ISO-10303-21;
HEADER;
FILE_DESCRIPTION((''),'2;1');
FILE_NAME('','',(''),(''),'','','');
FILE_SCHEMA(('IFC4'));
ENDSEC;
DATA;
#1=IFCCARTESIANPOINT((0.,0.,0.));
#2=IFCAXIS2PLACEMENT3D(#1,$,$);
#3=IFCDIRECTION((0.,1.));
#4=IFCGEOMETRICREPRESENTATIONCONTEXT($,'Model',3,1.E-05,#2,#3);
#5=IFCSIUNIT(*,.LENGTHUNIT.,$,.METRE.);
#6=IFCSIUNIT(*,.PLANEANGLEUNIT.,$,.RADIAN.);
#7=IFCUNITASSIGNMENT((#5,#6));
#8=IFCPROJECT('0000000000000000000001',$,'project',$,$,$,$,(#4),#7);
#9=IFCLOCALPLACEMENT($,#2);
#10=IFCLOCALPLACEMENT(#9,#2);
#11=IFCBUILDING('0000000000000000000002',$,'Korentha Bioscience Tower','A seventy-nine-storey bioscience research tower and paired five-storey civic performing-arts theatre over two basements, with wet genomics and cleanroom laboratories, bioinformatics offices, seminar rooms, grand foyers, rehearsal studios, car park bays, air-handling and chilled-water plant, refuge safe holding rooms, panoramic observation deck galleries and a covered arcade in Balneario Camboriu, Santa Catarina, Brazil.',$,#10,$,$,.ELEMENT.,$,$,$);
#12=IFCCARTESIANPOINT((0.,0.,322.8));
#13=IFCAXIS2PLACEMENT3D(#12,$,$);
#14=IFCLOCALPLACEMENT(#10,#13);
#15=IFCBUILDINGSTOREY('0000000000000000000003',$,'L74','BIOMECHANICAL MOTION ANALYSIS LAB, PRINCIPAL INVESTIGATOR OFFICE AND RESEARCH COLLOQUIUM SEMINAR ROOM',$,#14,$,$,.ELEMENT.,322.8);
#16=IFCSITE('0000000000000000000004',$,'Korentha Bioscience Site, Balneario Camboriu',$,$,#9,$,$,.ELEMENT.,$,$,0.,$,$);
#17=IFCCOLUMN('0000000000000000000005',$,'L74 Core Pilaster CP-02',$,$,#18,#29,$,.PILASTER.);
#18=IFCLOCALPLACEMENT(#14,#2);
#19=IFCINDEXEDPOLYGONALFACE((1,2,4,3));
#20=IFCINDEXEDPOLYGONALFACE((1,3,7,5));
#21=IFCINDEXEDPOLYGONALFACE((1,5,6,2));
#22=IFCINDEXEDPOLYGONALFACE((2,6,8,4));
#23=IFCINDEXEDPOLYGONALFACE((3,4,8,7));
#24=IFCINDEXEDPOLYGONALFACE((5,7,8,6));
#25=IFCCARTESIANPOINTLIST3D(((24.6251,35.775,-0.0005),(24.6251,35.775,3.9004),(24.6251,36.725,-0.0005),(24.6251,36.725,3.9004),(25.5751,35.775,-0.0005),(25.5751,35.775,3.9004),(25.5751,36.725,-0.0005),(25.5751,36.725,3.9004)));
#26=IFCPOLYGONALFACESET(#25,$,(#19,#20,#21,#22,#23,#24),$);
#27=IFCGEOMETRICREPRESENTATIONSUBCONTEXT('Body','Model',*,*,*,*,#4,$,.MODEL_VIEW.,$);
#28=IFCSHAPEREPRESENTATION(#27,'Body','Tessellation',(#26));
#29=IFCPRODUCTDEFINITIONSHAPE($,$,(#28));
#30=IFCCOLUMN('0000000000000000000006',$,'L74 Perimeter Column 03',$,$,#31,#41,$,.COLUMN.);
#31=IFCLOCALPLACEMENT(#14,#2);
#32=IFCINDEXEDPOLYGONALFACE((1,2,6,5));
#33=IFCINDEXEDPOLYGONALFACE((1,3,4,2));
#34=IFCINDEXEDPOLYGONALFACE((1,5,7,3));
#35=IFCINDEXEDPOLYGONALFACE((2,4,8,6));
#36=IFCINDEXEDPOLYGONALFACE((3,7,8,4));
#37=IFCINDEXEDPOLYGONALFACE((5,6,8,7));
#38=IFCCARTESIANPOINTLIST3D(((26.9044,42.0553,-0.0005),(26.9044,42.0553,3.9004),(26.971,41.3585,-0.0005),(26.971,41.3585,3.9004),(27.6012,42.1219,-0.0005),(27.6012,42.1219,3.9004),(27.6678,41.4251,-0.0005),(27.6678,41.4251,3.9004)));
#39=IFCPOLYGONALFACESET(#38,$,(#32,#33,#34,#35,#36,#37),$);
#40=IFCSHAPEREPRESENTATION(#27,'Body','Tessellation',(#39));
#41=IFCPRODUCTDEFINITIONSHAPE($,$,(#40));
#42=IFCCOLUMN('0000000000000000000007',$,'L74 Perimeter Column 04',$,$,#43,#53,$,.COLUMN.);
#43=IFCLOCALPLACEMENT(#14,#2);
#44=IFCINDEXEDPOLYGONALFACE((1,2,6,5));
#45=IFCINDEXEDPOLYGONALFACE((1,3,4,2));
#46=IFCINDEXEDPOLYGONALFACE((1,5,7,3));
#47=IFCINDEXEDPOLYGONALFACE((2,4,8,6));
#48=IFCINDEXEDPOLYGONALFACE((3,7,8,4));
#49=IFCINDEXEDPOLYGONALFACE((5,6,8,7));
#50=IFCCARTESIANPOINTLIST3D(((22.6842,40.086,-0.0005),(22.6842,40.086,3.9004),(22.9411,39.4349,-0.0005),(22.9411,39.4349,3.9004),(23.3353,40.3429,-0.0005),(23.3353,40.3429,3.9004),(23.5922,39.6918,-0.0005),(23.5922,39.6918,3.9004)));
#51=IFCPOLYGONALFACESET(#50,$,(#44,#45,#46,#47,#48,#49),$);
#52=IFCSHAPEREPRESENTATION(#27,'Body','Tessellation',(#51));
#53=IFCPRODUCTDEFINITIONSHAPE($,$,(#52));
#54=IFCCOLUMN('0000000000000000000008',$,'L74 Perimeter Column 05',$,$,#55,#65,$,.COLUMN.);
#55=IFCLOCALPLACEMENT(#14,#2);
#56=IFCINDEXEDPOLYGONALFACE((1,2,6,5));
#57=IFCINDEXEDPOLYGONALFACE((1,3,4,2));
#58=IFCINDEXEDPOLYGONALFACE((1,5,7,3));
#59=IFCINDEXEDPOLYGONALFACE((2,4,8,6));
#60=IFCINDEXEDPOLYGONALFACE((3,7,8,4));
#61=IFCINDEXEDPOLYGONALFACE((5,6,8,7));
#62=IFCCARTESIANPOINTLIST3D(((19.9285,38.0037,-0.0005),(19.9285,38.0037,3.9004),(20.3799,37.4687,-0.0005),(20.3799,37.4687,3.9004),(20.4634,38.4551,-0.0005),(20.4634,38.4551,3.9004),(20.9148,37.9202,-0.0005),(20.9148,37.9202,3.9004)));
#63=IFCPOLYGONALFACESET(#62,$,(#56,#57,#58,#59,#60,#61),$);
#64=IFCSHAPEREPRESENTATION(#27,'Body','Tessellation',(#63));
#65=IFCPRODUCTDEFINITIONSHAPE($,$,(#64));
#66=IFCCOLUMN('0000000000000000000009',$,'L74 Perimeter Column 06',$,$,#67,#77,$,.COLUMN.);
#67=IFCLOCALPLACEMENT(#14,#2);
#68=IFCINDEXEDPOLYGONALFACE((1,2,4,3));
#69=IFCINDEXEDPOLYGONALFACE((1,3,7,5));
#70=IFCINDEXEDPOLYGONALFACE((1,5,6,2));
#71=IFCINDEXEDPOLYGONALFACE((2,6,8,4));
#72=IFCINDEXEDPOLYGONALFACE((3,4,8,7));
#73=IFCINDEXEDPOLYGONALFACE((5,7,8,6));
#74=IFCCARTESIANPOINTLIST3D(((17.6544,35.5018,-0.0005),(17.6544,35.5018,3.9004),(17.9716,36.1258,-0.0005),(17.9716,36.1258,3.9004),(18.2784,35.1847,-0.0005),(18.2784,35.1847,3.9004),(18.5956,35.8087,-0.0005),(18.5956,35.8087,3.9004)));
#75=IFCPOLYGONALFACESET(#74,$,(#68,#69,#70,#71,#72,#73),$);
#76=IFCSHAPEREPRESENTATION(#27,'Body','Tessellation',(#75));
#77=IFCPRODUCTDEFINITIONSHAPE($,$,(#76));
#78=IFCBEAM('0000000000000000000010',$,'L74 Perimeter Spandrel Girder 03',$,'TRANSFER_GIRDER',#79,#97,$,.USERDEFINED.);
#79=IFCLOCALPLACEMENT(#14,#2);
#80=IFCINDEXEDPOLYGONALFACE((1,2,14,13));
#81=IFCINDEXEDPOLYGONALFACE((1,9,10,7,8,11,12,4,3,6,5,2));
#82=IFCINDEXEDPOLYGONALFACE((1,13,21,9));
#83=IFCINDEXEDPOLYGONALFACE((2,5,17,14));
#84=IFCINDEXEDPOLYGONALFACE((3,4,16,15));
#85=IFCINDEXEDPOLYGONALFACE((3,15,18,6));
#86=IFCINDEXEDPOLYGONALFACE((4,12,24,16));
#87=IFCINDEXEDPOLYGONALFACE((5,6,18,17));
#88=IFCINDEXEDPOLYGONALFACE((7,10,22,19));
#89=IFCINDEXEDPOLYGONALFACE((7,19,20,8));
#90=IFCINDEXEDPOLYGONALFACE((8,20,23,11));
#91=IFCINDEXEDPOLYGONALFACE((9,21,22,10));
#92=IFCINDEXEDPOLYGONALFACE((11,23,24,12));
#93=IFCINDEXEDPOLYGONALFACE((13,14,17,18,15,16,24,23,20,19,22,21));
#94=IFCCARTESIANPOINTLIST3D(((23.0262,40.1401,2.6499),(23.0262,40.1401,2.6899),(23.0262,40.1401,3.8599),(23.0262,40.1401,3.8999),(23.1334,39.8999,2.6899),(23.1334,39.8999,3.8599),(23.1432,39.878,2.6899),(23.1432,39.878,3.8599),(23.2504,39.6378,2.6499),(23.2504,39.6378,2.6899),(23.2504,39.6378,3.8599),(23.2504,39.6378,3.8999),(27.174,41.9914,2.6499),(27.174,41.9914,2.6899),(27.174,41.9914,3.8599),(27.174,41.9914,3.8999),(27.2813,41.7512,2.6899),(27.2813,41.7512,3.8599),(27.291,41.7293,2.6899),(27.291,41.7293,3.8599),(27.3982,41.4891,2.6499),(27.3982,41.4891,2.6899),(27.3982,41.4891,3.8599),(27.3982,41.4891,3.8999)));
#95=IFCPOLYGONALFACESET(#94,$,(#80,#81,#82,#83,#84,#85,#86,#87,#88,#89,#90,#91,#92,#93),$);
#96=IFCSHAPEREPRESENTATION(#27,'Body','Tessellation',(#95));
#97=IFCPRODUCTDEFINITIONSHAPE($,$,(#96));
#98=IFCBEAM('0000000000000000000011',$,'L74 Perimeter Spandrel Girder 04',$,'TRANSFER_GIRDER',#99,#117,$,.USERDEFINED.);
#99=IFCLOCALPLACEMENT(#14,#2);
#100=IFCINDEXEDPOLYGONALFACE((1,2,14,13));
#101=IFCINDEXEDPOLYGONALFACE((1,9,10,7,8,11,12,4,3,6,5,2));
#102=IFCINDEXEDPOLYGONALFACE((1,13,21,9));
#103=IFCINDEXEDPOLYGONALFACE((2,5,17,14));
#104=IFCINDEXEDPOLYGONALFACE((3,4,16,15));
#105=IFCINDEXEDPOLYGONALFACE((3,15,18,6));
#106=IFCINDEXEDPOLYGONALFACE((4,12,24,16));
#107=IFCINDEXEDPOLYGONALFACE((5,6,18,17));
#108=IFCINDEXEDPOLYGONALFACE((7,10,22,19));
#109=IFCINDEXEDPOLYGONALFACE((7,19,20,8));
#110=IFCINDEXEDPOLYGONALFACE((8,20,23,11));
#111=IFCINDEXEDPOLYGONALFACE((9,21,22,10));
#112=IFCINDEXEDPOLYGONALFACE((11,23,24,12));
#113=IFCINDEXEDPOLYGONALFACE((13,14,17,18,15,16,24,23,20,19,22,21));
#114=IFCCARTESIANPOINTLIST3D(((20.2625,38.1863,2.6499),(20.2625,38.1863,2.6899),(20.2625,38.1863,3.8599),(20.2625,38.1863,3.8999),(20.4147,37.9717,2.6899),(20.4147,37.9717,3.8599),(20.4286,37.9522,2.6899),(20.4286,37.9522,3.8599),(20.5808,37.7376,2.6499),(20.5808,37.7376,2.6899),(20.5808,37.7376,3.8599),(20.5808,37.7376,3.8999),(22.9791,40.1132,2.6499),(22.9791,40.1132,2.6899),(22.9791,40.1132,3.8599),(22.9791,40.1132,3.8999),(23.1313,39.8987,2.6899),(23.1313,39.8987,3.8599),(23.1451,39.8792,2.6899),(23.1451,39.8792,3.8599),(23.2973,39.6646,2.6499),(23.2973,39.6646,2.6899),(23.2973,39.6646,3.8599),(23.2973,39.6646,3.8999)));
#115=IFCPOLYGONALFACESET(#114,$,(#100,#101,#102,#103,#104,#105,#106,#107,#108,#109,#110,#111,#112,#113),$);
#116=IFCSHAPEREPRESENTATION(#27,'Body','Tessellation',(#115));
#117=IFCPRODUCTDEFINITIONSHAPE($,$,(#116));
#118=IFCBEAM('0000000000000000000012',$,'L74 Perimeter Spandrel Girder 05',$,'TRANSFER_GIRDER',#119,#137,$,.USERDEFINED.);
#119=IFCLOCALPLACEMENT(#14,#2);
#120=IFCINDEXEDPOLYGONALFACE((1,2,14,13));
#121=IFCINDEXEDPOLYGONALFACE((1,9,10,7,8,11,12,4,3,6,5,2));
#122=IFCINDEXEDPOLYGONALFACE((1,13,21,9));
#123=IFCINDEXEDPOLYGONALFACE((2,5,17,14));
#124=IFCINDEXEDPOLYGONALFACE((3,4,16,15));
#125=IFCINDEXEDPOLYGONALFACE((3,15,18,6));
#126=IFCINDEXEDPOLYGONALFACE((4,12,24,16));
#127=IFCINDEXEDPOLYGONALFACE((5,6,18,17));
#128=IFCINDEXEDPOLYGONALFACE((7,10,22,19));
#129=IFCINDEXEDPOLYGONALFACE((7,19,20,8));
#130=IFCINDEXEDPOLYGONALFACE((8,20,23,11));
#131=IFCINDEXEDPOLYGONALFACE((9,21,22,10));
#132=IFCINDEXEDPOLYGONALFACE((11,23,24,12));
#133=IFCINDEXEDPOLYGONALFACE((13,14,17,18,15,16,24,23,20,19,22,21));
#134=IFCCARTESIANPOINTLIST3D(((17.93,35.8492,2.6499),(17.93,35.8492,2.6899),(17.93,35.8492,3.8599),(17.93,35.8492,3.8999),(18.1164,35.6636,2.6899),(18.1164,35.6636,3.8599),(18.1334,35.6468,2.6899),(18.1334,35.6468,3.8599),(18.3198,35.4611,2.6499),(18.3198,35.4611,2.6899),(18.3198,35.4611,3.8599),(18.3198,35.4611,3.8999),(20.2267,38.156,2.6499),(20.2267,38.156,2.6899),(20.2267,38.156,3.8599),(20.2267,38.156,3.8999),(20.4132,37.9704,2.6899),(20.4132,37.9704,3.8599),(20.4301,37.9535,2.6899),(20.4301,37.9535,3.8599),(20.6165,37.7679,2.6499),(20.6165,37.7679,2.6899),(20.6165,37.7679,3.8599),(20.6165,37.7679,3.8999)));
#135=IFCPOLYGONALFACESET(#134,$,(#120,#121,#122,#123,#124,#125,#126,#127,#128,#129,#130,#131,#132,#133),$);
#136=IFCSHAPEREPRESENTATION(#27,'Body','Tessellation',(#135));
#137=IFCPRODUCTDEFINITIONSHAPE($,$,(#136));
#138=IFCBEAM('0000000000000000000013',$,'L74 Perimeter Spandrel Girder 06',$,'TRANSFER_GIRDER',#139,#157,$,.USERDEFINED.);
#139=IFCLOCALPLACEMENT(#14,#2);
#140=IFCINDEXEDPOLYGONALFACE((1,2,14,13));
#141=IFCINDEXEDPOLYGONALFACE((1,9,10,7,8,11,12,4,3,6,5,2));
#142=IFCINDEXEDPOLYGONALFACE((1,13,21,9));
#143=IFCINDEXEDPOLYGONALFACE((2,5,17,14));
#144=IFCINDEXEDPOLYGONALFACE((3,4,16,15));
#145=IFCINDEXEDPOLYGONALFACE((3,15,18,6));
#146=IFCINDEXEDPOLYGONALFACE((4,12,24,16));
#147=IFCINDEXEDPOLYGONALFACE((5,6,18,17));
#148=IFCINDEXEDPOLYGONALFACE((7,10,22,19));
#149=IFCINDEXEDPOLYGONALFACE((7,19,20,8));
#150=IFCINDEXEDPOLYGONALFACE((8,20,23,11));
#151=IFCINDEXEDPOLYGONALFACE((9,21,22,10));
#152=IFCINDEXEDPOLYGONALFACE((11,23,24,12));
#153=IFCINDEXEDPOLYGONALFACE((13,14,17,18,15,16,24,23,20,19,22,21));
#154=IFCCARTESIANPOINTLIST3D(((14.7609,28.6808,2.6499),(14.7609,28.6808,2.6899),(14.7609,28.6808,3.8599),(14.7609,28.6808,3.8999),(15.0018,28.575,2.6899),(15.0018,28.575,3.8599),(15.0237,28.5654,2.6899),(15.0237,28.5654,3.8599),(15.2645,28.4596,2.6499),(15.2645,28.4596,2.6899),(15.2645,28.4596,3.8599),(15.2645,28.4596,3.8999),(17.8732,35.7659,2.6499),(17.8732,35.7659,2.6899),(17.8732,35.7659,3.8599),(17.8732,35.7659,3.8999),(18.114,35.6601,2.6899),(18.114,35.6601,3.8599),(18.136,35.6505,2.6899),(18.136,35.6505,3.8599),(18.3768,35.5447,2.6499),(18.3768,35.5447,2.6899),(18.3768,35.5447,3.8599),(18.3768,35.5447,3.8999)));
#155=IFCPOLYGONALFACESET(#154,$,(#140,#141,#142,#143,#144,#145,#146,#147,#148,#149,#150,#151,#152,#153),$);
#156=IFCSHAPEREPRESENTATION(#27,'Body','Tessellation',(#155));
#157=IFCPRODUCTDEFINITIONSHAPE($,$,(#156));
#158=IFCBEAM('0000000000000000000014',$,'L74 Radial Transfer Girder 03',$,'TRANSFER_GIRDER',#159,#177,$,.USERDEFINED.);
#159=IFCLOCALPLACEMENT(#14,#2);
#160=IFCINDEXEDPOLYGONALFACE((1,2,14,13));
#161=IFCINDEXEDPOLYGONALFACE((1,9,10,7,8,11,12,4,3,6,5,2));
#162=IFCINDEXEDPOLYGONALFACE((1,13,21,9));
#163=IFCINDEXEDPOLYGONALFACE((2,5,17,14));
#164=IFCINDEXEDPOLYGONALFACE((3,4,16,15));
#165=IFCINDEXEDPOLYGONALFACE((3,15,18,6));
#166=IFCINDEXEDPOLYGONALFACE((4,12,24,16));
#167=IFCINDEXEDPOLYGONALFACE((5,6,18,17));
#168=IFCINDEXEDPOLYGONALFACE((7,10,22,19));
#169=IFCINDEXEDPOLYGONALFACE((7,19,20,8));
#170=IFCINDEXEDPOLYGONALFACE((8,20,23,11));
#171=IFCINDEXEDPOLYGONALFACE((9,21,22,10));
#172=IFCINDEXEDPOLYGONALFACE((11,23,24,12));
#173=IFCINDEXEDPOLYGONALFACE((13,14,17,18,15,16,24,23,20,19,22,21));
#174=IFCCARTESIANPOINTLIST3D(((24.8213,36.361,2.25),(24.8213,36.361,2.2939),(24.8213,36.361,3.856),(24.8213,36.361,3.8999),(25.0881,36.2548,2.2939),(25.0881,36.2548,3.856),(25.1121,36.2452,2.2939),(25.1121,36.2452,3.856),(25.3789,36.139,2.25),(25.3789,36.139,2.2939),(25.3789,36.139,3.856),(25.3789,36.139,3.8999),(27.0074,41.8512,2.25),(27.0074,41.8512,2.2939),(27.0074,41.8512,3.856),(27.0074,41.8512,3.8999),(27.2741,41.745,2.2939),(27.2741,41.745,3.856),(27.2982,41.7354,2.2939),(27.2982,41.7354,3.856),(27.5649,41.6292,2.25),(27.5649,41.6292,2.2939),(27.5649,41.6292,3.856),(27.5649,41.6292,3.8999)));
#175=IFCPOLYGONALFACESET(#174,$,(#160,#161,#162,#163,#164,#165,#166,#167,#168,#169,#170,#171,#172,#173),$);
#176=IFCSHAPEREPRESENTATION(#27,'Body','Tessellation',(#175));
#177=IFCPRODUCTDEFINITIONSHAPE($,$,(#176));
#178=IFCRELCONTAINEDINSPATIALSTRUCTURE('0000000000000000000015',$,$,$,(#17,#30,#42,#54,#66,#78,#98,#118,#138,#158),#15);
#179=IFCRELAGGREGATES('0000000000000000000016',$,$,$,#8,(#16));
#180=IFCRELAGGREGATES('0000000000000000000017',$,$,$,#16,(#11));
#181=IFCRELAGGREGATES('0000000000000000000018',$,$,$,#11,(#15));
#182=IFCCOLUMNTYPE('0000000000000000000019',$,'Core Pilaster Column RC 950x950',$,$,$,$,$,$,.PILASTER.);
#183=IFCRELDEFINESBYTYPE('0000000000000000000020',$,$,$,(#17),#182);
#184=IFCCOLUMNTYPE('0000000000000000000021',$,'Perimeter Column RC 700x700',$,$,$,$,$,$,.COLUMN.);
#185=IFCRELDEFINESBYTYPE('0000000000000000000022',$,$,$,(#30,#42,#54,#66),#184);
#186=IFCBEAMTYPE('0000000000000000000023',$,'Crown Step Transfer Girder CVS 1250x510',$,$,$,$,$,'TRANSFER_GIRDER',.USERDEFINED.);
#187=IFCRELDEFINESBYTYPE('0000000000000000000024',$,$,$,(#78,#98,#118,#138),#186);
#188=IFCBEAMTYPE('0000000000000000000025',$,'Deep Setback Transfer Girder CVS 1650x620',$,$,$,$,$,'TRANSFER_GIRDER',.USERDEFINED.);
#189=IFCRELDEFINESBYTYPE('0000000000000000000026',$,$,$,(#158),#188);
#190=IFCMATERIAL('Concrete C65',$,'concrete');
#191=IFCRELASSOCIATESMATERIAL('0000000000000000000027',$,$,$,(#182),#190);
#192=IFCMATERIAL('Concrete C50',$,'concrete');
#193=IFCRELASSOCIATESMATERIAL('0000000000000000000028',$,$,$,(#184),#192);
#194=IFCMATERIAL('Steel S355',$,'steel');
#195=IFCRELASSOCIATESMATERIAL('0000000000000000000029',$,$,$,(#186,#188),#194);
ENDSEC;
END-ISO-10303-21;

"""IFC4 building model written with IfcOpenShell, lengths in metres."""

from ifc_helpers import new_model, si_unit, direction, frame, origin, origin_2d, place, context, subcontext, project, spatial, rectangle, i_section, extrude, material, material_profile, profile_set, type_object, element, save


model = new_model("IFC4")

# Units and contexts
model_context = context("Model", 3, precision=1e-05, world=origin(), true_north=direction((0.0, 1.0)))
body_context = subcontext(model_context, "Body", "Model", "MODEL_VIEW")
ifc_project = project(units=[si_unit("LENGTHUNIT", "METRE"), si_unit("PLANEANGLEUNIT", "RADIAN")], contexts=[model_context])

# Site, building, storey
site_placement = place(None, origin())
site = spatial("IfcSite", under=ifc_project, at=site_placement, Name="Korentha Bioscience Site, Balneario Camboriu", CompositionType="ELEMENT", RefElevation=0.0)
building_placement = place(site_placement, origin())
building = spatial("IfcBuilding", under=site, at=building_placement, Name="Korentha Bioscience Tower", Description="A seventy-nine-storey bioscience research tower and paired five-storey civic performing-arts theatre over two basements, with wet genomics and cleanroom laboratories, bioinformatics offices, seminar rooms, grand foyers, rehearsal studios, car park bays, air-handling and chilled-water plant, refuge safe holding rooms, panoramic observation deck galleries and a covered arcade in Balneario Camboriu, Santa Catarina, Brazil.", CompositionType="ELEMENT")
storey_placement = place(building_placement, frame((0.0, 0.0, 322.8)))
storey = spatial("IfcBuildingStorey", under=building, at=storey_placement, Name="L74", Description="BIOMECHANICAL MOTION ANALYSIS LAB, PRINCIPAL INVESTIGATOR OFFICE AND RESEARCH COLLOQUIUM SEMINAR ROOM", CompositionType="ELEMENT", Elevation=322.8)

# Columns
ifc_material_1 = material(Name="Concrete C65", Category="concrete")
ifc_material_profile_1 = material_profile(ifc_material_1, rectangle(XDim=0.95, YDim=0.95, at=origin_2d()), Name="Concrete C65")
ifc_profile_set_1 = profile_set([ifc_material_profile_1], Name="Concrete C65 (COL-CP09)")
column_type_1 = type_object("IfcColumnType", Name="Core Pilaster Column RC 950x950", PredefinedType="PILASTER", material=ifc_profile_set_1)
column_placement = place(storey_placement, frame((25.1001, 36.25, -0.0005), z_axis=(0.0, 0.0, 1.0), x_axis=(1.0, 0.0, 0.0)))
element("IfcColumn", 1, at=column_placement, inside=storey, type_object=column_type_1, Name="L74 Core Pilaster CP-02", PredefinedType="PILASTER", context=body_context, shape_type="SweptSolid", body=[
    extrude(rectangle(XDim=0.95, YDim=0.95, at=origin_2d()), origin(), (0.0, 0.0, 1.0), 3.9009),
])
ifc_material_2 = material(Name="Concrete C50", Category="concrete")
ifc_material_profile_2 = material_profile(ifc_material_2, rectangle(XDim=0.7, YDim=0.7, at=origin_2d()), Name="Concrete C50")
ifc_profile_set_2 = profile_set([ifc_material_profile_2], Name="Concrete C50 (COL-P07)")
column_type_2 = type_object("IfcColumnType", Name="Perimeter Column RC 700x700", PredefinedType="COLUMN", material=ifc_profile_set_2)
for number, where, z_axis, x_axis, name in (
    (2, (27.2861, 41.7402, -0.0005), (0.0, 0.0, 1.0), (0.995463, 0.095151, 0.0), "L74 Perimeter Column 03"),
    (3, (23.1382, 39.8889, -0.0005), (0.0, 0.0, 1.0), (0.930226, 0.366988, 0.0), "L74 Perimeter Column 04"),
    (4, (20.4216, 37.9619, -0.0005), (0.0, 0.0, 1.0), (0.764246, 0.644924, 0.0), "L74 Perimeter Column 05"),
    (5, (18.125, 35.6553, -0.0005), (0.0, 0.0, 1.0), (0.453057, 0.891481, 0.0), "L74 Perimeter Column 06"),
):
    element("IfcColumn", number, at=place(storey_placement, frame(where, z_axis=z_axis, x_axis=x_axis)), inside=storey, type_object=column_type_2, Name=name, PredefinedType="COLUMN", context=body_context, shape_type="SweptSolid", body=[
        extrude(rectangle(XDim=0.7, YDim=0.7, at=origin_2d()), origin(), (0.0, 0.0, 1.0), 3.9009),
    ])

# Beams
ifc_material_3 = material(Name="Steel S355", Category="steel")
ifc_material_profile_3 = material_profile(ifc_material_3, i_section(OverallWidth=0.55, OverallDepth=1.25, WebThickness=0.0239, FlangeThickness=0.04, at=origin_2d()), Name="Steel S355")
ifc_profile_set_3 = profile_set([ifc_material_profile_3], Name="Steel S355 (TG-03)")
beam_type_1 = type_object("IfcBeamType", Name="Crown Step Transfer Girder CVS 1250x510", ElementType="TRANSFER_GIRDER", PredefinedType="USERDEFINED", material=ifc_profile_set_3)
beam_1_placement = place(storey_placement, frame((27.2861, 41.7402, 3.2749), z_axis=(-0.913174, -0.407569, 0.0), x_axis=(0.407569, -0.913174, 0.0)))
element("IfcBeam", 6, at=beam_1_placement, inside=storey, type_object=beam_type_1, Name="L74 Perimeter Spandrel Girder 03", ObjectType="TRANSFER_GIRDER", PredefinedType="USERDEFINED", context=body_context, shape_type="SweptSolid", body=[
    extrude(i_section(OverallWidth=0.55, OverallDepth=1.25, WebThickness=0.0239, FlangeThickness=0.04, at=origin_2d()), origin(), (0.0, 0.0, 1.0), 4.5422),
])
beam_2_placement = place(storey_placement, frame((23.1382, 39.8889, 3.2749), z_axis=(-0.815631, -0.578572, 0.0), x_axis=(0.578572, -0.815631, 0.0)))
element("IfcBeam", 7, at=beam_2_placement, inside=storey, type_object=beam_type_1, Name="L74 Perimeter Spandrel Girder 04", ObjectType="TRANSFER_GIRDER", PredefinedType="USERDEFINED", context=body_context, shape_type="SweptSolid", body=[
    extrude(i_section(OverallWidth=0.55, OverallDepth=1.25, WebThickness=0.0239, FlangeThickness=0.04, at=origin_2d()), origin(), (0.0, 0.0, 1.0), 3.3306),
])
beam_3_placement = place(storey_placement, frame((20.4216, 37.9619, 3.2749), z_axis=(-0.705568, -0.708643, 0.0), x_axis=(0.708643, -0.705568, 0.0)))
element("IfcBeam", 8, at=beam_3_placement, inside=storey, type_object=beam_type_1, Name="L74 Perimeter Spandrel Girder 05", ObjectType="TRANSFER_GIRDER", PredefinedType="USERDEFINED", context=body_context, shape_type="SweptSolid", body=[
    extrude(i_section(OverallWidth=0.55, OverallDepth=1.25, WebThickness=0.0239, FlangeThickness=0.04, at=origin_2d()), origin(), (0.0, 0.0, 1.0), 3.2551),
])
beam_4_placement = place(storey_placement, frame((18.125, 35.6553, 3.2749), z_axis=(-0.402177, -0.915562, 0.0), x_axis=(0.915562, -0.402177, 0.0)))
element("IfcBeam", 9, at=beam_4_placement, inside=storey, type_object=beam_type_1, Name="L74 Perimeter Spandrel Girder 06", ObjectType="TRANSFER_GIRDER", PredefinedType="USERDEFINED", context=body_context, shape_type="SweptSolid", body=[
    extrude(i_section(OverallWidth=0.55, OverallDepth=1.25, WebThickness=0.0239, FlangeThickness=0.04, at=origin_2d()), origin(), (0.0, 0.0, 1.0), 7.7385),
])
ifc_material_profile_4 = material_profile(ifc_material_3, i_section(OverallWidth=0.6001, OverallDepth=1.6499, WebThickness=0.0259, FlangeThickness=0.0439, at=origin_2d()), Name="Steel S355")
ifc_profile_set_4 = profile_set([ifc_material_profile_4], Name="Steel S355 (TG-04)")
beam_type_2 = type_object("IfcBeamType", Name="Deep Setback Transfer Girder CVS 1650x620", ElementType="TRANSFER_GIRDER", PredefinedType="USERDEFINED", material=ifc_profile_set_4)
beam_5_placement = place(storey_placement, frame((25.1001, 36.25, 3.075), z_axis=(0.369923, 0.929062, 0.0), x_axis=(-0.929062, 0.369923, 0.0)))
element("IfcBeam", 10, at=beam_5_placement, inside=storey, type_object=beam_type_2, Name="L74 Radial Transfer Girder 03", ObjectType="TRANSFER_GIRDER", PredefinedType="USERDEFINED", context=body_context, shape_type="SweptSolid", body=[
    extrude(i_section(OverallWidth=0.6001, OverallDepth=1.6499, WebThickness=0.0259, FlangeThickness=0.0439, at=origin_2d()), origin(), (0.0, 0.0, 1.0), 5.9094),
])

save(model, "model.ifc")
